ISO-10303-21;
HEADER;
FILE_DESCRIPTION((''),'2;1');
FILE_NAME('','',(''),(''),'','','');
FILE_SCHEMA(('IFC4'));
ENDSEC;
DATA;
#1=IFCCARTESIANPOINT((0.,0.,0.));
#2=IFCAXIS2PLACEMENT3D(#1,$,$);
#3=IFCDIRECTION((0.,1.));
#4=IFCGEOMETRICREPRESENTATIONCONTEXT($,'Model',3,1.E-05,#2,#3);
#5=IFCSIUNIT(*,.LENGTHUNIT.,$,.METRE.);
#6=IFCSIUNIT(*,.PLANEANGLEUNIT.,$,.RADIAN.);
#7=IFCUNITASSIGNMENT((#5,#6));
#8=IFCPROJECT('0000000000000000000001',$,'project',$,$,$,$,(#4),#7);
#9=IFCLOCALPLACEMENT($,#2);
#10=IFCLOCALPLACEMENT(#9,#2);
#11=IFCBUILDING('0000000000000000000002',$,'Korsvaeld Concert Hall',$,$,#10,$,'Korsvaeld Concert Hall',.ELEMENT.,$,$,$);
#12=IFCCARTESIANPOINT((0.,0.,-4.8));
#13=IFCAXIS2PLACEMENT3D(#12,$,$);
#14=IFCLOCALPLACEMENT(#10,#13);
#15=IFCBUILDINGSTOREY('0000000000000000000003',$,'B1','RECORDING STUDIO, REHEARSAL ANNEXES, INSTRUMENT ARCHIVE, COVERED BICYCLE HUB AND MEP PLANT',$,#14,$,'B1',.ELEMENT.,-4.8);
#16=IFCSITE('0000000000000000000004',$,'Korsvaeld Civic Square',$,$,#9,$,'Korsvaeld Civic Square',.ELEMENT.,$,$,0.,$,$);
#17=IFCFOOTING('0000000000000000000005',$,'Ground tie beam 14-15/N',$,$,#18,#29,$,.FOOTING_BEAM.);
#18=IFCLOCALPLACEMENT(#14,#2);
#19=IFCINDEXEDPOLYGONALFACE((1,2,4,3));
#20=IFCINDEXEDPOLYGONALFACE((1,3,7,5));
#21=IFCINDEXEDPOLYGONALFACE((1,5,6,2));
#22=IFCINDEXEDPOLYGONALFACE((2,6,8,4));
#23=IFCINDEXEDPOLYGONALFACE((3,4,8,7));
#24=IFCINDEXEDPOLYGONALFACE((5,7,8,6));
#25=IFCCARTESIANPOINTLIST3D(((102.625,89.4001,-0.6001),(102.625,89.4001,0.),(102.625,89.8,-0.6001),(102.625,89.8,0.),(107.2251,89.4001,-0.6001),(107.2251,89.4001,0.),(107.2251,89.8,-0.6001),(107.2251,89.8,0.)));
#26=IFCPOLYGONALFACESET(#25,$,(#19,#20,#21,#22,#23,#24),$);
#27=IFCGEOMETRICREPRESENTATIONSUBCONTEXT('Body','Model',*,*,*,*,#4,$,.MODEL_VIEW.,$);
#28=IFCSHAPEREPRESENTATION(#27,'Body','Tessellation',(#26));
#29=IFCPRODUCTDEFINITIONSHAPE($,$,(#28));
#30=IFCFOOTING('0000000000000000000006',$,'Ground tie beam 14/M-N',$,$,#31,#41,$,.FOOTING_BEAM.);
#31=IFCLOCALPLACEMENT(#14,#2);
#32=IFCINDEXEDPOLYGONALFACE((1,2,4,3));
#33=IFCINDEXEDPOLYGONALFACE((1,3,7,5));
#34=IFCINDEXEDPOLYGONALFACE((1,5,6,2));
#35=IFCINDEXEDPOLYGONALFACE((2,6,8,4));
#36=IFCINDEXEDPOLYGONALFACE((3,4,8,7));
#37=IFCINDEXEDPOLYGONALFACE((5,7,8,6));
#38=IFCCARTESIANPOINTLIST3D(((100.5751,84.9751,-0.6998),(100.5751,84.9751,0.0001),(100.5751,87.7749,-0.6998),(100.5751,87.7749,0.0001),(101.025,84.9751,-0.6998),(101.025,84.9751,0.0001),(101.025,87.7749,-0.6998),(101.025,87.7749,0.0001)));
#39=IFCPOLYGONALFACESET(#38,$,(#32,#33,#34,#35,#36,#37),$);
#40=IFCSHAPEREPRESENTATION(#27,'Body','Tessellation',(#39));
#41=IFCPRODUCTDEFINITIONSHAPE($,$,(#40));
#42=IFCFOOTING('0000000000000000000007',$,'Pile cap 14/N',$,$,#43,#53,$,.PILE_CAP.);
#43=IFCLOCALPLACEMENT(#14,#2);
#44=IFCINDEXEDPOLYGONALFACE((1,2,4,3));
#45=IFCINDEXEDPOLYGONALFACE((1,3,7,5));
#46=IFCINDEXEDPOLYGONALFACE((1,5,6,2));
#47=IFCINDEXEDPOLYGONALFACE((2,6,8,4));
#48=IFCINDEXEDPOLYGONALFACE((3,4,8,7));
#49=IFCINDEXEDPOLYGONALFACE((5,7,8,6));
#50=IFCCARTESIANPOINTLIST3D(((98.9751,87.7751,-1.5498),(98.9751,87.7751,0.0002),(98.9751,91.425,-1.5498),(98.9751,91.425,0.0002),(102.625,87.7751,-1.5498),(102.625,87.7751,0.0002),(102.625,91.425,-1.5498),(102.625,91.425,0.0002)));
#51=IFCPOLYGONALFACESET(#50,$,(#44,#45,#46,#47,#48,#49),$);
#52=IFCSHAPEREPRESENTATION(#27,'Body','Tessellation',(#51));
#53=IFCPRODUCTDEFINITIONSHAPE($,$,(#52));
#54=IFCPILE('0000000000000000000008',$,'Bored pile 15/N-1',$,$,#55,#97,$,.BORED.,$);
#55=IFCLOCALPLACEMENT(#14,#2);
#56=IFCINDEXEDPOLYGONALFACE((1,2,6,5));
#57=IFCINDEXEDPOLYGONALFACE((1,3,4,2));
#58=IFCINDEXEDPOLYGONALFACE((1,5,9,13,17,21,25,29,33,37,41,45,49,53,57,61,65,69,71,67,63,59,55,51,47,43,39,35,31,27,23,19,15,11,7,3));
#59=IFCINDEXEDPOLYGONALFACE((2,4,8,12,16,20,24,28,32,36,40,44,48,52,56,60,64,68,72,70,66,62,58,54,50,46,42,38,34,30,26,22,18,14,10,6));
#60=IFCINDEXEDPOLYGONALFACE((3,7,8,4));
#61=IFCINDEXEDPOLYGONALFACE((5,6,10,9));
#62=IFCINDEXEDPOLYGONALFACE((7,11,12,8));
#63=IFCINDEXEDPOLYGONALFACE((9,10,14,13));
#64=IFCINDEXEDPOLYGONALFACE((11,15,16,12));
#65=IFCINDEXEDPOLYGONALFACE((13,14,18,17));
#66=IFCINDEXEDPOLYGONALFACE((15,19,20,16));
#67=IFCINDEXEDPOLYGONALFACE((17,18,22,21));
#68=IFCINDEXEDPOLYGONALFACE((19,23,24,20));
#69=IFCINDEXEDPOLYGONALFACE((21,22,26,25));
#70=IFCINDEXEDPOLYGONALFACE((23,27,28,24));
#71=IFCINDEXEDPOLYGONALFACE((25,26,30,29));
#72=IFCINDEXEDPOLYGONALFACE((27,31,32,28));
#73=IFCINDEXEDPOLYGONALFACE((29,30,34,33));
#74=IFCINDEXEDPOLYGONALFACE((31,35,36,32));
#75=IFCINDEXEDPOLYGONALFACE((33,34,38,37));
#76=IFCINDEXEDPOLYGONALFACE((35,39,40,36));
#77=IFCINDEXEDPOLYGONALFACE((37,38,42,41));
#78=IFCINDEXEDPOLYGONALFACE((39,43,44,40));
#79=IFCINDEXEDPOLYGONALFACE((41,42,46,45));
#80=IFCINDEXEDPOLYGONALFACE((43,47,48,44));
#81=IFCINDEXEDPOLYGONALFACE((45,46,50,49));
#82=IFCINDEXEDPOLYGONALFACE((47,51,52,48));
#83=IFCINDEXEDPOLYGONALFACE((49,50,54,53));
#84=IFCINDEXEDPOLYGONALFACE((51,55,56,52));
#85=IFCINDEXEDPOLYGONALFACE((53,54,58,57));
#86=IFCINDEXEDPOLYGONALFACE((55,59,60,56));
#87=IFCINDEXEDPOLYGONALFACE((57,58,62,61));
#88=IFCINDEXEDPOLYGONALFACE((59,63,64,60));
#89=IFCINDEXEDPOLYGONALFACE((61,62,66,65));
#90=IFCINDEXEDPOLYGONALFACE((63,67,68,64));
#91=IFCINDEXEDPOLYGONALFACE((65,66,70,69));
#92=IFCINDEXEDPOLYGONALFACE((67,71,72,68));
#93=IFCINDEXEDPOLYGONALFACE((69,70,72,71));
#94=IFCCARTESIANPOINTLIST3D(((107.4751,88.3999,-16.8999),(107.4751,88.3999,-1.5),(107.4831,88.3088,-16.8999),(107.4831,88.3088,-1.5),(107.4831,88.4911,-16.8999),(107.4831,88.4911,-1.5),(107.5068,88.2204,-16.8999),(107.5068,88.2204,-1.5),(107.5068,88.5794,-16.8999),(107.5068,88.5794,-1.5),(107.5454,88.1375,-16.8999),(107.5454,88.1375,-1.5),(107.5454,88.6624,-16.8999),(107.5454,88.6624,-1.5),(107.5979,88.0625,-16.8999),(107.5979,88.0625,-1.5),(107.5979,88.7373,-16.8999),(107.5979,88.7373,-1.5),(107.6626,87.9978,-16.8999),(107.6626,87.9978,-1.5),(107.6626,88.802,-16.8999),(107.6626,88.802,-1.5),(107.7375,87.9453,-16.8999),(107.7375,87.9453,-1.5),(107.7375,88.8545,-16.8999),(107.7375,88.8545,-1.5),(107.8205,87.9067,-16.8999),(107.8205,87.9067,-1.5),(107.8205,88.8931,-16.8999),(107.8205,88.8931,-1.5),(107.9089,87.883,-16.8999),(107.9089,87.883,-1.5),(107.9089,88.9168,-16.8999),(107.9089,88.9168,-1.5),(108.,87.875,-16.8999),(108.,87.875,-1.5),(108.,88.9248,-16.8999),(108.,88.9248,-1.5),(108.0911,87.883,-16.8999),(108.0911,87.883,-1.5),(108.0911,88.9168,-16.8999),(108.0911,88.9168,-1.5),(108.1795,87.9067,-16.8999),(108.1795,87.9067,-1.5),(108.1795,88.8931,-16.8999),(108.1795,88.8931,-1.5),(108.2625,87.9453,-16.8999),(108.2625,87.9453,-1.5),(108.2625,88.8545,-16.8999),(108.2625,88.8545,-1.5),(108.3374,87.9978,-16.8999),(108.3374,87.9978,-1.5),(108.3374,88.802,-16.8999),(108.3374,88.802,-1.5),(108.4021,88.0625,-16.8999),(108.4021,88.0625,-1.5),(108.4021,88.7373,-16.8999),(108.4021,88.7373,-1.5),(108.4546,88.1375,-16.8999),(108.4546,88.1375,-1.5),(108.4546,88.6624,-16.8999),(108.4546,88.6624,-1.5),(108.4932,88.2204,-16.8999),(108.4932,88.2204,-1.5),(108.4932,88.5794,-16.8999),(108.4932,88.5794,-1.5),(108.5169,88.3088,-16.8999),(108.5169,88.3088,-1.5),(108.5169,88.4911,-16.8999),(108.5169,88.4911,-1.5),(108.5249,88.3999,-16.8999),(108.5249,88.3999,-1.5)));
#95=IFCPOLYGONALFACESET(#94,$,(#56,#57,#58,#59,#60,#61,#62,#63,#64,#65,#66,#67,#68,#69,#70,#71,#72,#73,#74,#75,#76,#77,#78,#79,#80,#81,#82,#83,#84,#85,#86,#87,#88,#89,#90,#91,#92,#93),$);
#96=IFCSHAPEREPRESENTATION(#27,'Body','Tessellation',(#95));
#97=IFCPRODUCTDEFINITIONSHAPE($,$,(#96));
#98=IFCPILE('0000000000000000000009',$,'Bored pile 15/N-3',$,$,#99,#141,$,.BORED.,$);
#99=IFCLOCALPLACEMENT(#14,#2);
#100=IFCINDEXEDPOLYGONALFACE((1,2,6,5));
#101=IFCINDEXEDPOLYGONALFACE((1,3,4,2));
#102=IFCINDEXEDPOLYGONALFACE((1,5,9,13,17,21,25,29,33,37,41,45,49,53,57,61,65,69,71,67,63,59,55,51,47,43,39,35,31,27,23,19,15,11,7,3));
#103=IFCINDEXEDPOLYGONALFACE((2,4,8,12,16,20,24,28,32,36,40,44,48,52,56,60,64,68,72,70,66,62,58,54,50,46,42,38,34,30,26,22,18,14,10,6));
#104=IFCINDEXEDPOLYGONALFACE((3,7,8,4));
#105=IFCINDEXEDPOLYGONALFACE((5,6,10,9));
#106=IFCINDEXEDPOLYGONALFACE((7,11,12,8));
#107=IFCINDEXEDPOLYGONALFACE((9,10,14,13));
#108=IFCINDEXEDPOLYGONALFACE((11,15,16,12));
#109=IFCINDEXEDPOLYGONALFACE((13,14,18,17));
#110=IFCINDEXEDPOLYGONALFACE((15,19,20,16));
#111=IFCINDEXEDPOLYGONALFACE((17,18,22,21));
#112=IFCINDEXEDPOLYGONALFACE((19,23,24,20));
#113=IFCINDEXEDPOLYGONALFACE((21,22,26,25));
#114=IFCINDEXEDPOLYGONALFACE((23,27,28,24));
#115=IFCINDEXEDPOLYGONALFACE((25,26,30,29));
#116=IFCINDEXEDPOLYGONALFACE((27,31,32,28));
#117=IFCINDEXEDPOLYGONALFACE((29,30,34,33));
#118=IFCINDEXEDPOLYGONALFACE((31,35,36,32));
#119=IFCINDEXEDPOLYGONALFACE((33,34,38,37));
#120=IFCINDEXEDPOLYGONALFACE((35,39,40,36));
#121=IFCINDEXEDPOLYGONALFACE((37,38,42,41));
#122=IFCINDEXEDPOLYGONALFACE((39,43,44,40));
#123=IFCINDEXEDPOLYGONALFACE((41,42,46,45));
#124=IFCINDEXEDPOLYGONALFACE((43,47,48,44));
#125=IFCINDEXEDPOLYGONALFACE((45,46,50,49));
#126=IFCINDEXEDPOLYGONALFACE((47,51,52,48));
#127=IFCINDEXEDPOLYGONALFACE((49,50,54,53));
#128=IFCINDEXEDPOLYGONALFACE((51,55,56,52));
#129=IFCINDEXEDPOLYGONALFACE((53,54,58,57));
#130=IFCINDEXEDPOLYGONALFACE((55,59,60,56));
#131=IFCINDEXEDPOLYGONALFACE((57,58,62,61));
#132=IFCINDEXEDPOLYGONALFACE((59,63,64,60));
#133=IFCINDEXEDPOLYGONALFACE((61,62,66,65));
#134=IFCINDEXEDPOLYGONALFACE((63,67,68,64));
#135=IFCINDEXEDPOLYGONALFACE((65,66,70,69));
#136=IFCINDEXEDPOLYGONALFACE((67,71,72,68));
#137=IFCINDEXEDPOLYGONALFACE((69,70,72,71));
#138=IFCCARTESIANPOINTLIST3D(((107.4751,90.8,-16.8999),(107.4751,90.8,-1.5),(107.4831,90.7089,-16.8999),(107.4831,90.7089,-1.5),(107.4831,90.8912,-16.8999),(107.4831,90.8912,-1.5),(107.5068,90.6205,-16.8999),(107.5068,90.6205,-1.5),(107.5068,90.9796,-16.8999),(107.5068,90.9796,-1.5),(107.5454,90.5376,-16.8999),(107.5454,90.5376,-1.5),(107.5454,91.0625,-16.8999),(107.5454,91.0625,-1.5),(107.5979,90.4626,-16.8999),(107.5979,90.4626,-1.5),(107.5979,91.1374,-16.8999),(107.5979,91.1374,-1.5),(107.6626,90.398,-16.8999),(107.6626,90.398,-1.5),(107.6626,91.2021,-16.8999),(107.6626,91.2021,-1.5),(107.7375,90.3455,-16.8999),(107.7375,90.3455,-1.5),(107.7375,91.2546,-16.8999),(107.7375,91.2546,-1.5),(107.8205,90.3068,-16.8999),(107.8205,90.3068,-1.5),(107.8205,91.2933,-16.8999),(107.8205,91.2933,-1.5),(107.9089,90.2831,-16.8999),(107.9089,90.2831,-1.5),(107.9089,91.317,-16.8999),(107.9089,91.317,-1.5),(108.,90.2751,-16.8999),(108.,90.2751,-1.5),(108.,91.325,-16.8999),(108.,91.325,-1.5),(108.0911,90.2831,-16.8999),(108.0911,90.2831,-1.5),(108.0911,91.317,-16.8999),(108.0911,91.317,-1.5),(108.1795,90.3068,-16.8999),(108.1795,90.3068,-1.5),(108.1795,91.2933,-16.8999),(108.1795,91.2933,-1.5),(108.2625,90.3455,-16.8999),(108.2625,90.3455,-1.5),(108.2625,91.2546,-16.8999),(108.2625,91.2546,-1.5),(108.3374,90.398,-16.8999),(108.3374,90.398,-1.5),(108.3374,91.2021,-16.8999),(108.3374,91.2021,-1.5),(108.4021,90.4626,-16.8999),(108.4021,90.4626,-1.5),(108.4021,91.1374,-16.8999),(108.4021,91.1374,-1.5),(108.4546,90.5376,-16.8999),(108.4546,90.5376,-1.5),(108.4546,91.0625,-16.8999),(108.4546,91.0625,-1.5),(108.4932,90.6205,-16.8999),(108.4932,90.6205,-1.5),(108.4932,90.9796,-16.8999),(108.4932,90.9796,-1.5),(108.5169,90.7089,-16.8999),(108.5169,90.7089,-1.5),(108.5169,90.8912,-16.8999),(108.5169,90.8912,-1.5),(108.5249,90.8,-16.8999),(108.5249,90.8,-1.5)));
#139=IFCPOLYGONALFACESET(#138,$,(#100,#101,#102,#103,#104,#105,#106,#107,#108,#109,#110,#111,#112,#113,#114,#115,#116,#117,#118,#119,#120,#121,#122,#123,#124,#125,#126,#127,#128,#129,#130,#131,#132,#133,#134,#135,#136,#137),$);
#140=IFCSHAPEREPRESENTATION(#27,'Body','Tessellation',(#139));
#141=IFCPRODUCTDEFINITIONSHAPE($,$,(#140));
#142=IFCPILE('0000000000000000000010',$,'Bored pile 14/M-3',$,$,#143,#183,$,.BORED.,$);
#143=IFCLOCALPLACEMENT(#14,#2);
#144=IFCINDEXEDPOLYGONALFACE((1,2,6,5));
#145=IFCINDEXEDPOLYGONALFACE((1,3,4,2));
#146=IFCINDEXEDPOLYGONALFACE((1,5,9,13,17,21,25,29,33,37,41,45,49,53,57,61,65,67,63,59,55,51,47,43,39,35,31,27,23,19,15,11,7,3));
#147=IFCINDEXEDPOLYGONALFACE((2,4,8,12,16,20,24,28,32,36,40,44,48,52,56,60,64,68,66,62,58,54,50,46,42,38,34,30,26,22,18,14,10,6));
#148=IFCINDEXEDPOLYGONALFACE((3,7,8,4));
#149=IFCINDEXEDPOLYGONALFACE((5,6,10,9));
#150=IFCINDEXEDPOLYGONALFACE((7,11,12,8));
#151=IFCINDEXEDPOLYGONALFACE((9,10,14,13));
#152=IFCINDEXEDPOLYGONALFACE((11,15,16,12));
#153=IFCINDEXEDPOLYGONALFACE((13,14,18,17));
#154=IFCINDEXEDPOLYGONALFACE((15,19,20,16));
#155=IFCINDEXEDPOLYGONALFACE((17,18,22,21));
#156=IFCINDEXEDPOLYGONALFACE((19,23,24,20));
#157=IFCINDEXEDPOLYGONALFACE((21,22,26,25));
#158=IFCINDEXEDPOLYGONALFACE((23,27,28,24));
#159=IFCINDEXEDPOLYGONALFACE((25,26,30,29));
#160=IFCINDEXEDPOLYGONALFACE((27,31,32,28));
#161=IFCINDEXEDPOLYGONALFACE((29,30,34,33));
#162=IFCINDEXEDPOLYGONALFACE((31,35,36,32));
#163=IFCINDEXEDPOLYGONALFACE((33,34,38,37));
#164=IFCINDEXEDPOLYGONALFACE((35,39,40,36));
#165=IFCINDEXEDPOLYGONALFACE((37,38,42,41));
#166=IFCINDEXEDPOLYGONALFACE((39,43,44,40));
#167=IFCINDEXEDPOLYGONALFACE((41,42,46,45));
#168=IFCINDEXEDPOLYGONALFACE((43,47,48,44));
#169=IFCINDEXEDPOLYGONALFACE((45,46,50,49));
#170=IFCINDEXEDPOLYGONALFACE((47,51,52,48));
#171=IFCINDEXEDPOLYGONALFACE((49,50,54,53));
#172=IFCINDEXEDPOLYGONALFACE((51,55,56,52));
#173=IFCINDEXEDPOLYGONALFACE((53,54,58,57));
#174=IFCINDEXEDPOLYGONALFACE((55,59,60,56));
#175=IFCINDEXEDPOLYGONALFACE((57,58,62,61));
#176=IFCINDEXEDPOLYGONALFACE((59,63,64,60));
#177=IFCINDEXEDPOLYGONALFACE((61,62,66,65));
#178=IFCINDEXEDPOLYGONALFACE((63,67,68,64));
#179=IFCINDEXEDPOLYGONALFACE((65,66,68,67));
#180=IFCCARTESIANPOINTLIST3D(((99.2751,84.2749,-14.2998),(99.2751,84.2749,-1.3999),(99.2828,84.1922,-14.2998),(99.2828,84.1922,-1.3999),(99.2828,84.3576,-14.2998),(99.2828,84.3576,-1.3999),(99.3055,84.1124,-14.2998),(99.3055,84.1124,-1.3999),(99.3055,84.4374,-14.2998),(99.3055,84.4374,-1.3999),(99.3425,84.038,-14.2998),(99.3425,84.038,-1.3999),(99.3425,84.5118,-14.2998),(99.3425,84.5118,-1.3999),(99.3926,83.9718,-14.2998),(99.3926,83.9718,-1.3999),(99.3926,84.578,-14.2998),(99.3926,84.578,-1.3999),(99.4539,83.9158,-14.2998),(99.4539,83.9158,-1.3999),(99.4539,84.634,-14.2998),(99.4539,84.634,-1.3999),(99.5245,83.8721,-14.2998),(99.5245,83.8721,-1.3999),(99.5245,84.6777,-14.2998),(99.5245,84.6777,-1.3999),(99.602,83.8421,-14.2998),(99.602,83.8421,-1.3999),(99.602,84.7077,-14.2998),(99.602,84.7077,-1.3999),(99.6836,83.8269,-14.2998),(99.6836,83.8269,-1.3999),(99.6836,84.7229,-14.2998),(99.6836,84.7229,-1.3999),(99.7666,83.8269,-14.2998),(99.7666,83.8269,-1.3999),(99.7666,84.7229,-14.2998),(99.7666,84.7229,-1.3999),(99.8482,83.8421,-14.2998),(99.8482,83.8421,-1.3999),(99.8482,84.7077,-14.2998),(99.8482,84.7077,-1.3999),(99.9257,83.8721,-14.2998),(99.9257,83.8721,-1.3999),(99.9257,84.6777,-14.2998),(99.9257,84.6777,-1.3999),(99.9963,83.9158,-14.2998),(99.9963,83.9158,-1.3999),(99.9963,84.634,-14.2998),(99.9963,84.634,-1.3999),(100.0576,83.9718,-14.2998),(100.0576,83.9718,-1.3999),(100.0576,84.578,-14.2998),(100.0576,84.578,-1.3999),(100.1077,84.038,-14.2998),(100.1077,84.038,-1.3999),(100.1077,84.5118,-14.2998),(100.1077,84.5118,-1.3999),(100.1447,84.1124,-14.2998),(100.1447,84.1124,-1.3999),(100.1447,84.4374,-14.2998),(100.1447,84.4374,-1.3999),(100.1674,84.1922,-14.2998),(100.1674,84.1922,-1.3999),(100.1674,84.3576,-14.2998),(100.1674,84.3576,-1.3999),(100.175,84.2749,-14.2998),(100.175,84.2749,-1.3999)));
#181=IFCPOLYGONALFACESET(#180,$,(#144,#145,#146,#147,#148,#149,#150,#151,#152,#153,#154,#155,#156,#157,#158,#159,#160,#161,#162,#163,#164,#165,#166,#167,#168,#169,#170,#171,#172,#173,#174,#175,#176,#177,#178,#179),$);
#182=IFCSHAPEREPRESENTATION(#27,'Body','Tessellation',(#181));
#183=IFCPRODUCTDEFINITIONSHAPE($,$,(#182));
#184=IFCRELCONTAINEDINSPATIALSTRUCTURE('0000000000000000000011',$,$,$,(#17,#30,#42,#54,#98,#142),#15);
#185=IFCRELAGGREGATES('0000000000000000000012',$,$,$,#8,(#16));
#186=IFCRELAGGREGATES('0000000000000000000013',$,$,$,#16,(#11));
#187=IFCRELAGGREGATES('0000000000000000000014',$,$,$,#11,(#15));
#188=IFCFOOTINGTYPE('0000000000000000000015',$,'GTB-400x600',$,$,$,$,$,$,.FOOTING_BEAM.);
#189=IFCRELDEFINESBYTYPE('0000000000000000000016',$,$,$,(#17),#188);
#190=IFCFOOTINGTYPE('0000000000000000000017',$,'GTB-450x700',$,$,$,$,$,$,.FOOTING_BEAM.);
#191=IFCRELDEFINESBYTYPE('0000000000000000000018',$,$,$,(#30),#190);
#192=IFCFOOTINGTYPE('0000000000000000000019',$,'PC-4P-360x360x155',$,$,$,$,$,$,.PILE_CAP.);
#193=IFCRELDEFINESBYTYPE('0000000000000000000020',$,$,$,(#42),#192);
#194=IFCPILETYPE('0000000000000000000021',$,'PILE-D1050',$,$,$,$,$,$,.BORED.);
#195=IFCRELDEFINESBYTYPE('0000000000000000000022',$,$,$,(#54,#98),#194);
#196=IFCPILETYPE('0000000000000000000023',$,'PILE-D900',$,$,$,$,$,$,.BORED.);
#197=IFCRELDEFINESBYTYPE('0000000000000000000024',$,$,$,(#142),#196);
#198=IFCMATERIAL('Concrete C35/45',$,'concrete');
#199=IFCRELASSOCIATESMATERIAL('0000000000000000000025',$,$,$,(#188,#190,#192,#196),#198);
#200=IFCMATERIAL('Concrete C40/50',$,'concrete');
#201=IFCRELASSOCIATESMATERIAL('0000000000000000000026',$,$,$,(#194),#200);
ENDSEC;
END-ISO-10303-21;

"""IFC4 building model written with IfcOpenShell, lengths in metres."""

from ifc_helpers import new_model, si_unit, direction, frame, origin, origin_2d, place, context, subcontext, project, spatial, rectangle, circle, extrude, material, material_profile, profile_set, type_object, element, save


model = new_model("IFC4")

# Units and contexts
model_context = context("Model", 3, precision=1e-05, world=origin(), true_north=direction((0.0, 1.0)))
body_context = subcontext(model_context, "Body", "Model", "MODEL_VIEW")
ifc_project = project(units=[si_unit("LENGTHUNIT", "METRE"), si_unit("PLANEANGLEUNIT", "RADIAN")], contexts=[model_context])

# Site, building, storey
site_placement = place(None, origin())
site = spatial("IfcSite", under=ifc_project, at=site_placement, Name="Korsvaeld Civic Square", LongName="Korsvaeld Civic Square", CompositionType="ELEMENT", RefElevation=0.0)
building_placement = place(site_placement, origin())
building = spatial("IfcBuilding", under=site, at=building_placement, Name="Korsvaeld Concert Hall", LongName="Korsvaeld Concert Hall", CompositionType="ELEMENT")
storey_placement = place(building_placement, frame((0.0, 0.0, -4.8)))
storey = spatial("IfcBuildingStorey", under=building, at=storey_placement, Name="B1", Description="RECORDING STUDIO, REHEARSAL ANNEXES, INSTRUMENT ARCHIVE, COVERED BICYCLE HUB AND MEP PLANT", LongName="B1", CompositionType="ELEMENT", Elevation=-4.8)

# Footings
ifc_material_1 = material(Name="Concrete C35/45", Category="concrete")
ifc_material_profile_1 = material_profile(ifc_material_1, rectangle(XDim=0.3999, YDim=0.6001, at=origin_2d()), Name="GTB 400x600")
ifc_profile_set_1 = profile_set([ifc_material_profile_1], Name="Concrete C35/45")
footing_type_1 = type_object("IfcFootingType", Name="GTB-400x600", PredefinedType="FOOTING_BEAM", material=ifc_profile_set_1)
footing_1_placement = place(storey_placement, frame((102.625, 89.6001, -0.3), z_axis=(1.0, 0.0, 0.0), x_axis=(0.0, 1.0, 0.0)))
element("IfcFooting", 1, at=footing_1_placement, inside=storey, type_object=footing_type_1, Name="Ground tie beam 14-15/N", PredefinedType="FOOTING_BEAM", context=body_context, shape_type="SweptSolid", body=[
    extrude(rectangle(XDim=0.3999, YDim=0.6001, at=origin_2d()), origin(), (0.0, 0.0, 1.0), 4.6001),
])
ifc_material_profile_2 = material_profile(ifc_material_1, rectangle(XDim=0.45, YDim=0.7, at=origin_2d()), Name="GTB 450x700")
ifc_profile_set_2 = profile_set([ifc_material_profile_2], Name="Concrete C35/45")
footing_type_2 = type_object("IfcFootingType", Name="GTB-450x700", PredefinedType="FOOTING_BEAM", material=ifc_profile_set_2)
footing_2_placement = place(storey_placement, frame((100.8, 84.9751, -0.3499), z_axis=(0.0, 1.0, 0.0), x_axis=(-1.0, 0.0, 0.0)))
element("IfcFooting", 2, at=footing_2_placement, inside=storey, type_object=footing_type_2, Name="Ground tie beam 14/M-N", PredefinedType="FOOTING_BEAM", context=body_context, shape_type="SweptSolid", body=[
    extrude(rectangle(XDim=0.45, YDim=0.7, at=origin_2d()), origin(), (0.0, 0.0, 1.0), 2.7998),
])
footing_type_3 = type_object("IfcFootingType", Name="PC-4P-360x360x155", PredefinedType="PILE_CAP", material=ifc_material_1)
footing_3_placement = place(storey_placement, frame((100.8, 89.6001, -1.5498), z_axis=(0.0, 0.0, 1.0), x_axis=(1.0, 0.0, 0.0)))
element("IfcFooting", 3, at=footing_3_placement, inside=storey, type_object=footing_type_3, Name="Pile cap 14/N", PredefinedType="PILE_CAP", context=body_context, shape_type="SweptSolid", body=[
    extrude(rectangle(XDim=3.6499, YDim=3.6499, at=origin_2d()), origin(), (0.0, 0.0, 1.0), 1.55),
])

# Piles
ifc_material_2 = material(Name="Concrete C40/50", Category="concrete")
ifc_material_profile_3 = material_profile(ifc_material_2, circle(Radius=0.5249, at=origin_2d()), Name="BORED PILE D1050")
ifc_profile_set_3 = profile_set([ifc_material_profile_3], Name="Concrete C40/50")
pile_type_1 = type_object("IfcPileType", Name="PILE-D1050", PredefinedType="BORED", material=ifc_profile_set_3)
for number, where, z_axis, x_axis, name in (
    (4, (108.0, 88.3999, -1.5), (0.0, 0.0, -1.0), (1.0, 0.0, 0.0), "Bored pile 15/N-1"),
    (5, (108.0, 90.8, -1.5), (0.0, 0.0, -1.0), (1.0, 0.0, 0.0), "Bored pile 15/N-3"),
):
    element("IfcPile", number, at=place(storey_placement, frame(where, z_axis=z_axis, x_axis=x_axis)), inside=storey, type_object=pile_type_1, Name=name, PredefinedType="BORED", context=body_context, shape_type="SweptSolid", body=[
        extrude(circle(Radius=0.5249, at=origin_2d()), origin(), (0.0, 0.0, 1.0), 15.3999),
    ])
ifc_material_profile_4 = material_profile(ifc_material_1, circle(Radius=0.45, at=origin_2d()), Name="BORED PILE D900")
ifc_profile_set_4 = profile_set([ifc_material_profile_4], Name="Concrete C35/45")
pile_type_2 = type_object("IfcPileType", Name="PILE-D900", PredefinedType="BORED", material=ifc_profile_set_4)
for number, where, z_axis, x_axis, name in (
    (6, (99.7251, 84.2749, -1.3999), (0.0, 0.0, -1.0), (1.0, 0.0, 0.0), "Bored pile 14/M-3"),
):
    element("IfcPile", number, at=place(storey_placement, frame(where, z_axis=z_axis, x_axis=x_axis)), inside=storey, type_object=pile_type_2, Name=name, PredefinedType="BORED", context=body_context, shape_type="SweptSolid", body=[
        extrude(circle(Radius=0.45, at=origin_2d()), origin(), (0.0, 0.0, 1.0), 12.8999),
    ])

save(model, "model.ifc")
